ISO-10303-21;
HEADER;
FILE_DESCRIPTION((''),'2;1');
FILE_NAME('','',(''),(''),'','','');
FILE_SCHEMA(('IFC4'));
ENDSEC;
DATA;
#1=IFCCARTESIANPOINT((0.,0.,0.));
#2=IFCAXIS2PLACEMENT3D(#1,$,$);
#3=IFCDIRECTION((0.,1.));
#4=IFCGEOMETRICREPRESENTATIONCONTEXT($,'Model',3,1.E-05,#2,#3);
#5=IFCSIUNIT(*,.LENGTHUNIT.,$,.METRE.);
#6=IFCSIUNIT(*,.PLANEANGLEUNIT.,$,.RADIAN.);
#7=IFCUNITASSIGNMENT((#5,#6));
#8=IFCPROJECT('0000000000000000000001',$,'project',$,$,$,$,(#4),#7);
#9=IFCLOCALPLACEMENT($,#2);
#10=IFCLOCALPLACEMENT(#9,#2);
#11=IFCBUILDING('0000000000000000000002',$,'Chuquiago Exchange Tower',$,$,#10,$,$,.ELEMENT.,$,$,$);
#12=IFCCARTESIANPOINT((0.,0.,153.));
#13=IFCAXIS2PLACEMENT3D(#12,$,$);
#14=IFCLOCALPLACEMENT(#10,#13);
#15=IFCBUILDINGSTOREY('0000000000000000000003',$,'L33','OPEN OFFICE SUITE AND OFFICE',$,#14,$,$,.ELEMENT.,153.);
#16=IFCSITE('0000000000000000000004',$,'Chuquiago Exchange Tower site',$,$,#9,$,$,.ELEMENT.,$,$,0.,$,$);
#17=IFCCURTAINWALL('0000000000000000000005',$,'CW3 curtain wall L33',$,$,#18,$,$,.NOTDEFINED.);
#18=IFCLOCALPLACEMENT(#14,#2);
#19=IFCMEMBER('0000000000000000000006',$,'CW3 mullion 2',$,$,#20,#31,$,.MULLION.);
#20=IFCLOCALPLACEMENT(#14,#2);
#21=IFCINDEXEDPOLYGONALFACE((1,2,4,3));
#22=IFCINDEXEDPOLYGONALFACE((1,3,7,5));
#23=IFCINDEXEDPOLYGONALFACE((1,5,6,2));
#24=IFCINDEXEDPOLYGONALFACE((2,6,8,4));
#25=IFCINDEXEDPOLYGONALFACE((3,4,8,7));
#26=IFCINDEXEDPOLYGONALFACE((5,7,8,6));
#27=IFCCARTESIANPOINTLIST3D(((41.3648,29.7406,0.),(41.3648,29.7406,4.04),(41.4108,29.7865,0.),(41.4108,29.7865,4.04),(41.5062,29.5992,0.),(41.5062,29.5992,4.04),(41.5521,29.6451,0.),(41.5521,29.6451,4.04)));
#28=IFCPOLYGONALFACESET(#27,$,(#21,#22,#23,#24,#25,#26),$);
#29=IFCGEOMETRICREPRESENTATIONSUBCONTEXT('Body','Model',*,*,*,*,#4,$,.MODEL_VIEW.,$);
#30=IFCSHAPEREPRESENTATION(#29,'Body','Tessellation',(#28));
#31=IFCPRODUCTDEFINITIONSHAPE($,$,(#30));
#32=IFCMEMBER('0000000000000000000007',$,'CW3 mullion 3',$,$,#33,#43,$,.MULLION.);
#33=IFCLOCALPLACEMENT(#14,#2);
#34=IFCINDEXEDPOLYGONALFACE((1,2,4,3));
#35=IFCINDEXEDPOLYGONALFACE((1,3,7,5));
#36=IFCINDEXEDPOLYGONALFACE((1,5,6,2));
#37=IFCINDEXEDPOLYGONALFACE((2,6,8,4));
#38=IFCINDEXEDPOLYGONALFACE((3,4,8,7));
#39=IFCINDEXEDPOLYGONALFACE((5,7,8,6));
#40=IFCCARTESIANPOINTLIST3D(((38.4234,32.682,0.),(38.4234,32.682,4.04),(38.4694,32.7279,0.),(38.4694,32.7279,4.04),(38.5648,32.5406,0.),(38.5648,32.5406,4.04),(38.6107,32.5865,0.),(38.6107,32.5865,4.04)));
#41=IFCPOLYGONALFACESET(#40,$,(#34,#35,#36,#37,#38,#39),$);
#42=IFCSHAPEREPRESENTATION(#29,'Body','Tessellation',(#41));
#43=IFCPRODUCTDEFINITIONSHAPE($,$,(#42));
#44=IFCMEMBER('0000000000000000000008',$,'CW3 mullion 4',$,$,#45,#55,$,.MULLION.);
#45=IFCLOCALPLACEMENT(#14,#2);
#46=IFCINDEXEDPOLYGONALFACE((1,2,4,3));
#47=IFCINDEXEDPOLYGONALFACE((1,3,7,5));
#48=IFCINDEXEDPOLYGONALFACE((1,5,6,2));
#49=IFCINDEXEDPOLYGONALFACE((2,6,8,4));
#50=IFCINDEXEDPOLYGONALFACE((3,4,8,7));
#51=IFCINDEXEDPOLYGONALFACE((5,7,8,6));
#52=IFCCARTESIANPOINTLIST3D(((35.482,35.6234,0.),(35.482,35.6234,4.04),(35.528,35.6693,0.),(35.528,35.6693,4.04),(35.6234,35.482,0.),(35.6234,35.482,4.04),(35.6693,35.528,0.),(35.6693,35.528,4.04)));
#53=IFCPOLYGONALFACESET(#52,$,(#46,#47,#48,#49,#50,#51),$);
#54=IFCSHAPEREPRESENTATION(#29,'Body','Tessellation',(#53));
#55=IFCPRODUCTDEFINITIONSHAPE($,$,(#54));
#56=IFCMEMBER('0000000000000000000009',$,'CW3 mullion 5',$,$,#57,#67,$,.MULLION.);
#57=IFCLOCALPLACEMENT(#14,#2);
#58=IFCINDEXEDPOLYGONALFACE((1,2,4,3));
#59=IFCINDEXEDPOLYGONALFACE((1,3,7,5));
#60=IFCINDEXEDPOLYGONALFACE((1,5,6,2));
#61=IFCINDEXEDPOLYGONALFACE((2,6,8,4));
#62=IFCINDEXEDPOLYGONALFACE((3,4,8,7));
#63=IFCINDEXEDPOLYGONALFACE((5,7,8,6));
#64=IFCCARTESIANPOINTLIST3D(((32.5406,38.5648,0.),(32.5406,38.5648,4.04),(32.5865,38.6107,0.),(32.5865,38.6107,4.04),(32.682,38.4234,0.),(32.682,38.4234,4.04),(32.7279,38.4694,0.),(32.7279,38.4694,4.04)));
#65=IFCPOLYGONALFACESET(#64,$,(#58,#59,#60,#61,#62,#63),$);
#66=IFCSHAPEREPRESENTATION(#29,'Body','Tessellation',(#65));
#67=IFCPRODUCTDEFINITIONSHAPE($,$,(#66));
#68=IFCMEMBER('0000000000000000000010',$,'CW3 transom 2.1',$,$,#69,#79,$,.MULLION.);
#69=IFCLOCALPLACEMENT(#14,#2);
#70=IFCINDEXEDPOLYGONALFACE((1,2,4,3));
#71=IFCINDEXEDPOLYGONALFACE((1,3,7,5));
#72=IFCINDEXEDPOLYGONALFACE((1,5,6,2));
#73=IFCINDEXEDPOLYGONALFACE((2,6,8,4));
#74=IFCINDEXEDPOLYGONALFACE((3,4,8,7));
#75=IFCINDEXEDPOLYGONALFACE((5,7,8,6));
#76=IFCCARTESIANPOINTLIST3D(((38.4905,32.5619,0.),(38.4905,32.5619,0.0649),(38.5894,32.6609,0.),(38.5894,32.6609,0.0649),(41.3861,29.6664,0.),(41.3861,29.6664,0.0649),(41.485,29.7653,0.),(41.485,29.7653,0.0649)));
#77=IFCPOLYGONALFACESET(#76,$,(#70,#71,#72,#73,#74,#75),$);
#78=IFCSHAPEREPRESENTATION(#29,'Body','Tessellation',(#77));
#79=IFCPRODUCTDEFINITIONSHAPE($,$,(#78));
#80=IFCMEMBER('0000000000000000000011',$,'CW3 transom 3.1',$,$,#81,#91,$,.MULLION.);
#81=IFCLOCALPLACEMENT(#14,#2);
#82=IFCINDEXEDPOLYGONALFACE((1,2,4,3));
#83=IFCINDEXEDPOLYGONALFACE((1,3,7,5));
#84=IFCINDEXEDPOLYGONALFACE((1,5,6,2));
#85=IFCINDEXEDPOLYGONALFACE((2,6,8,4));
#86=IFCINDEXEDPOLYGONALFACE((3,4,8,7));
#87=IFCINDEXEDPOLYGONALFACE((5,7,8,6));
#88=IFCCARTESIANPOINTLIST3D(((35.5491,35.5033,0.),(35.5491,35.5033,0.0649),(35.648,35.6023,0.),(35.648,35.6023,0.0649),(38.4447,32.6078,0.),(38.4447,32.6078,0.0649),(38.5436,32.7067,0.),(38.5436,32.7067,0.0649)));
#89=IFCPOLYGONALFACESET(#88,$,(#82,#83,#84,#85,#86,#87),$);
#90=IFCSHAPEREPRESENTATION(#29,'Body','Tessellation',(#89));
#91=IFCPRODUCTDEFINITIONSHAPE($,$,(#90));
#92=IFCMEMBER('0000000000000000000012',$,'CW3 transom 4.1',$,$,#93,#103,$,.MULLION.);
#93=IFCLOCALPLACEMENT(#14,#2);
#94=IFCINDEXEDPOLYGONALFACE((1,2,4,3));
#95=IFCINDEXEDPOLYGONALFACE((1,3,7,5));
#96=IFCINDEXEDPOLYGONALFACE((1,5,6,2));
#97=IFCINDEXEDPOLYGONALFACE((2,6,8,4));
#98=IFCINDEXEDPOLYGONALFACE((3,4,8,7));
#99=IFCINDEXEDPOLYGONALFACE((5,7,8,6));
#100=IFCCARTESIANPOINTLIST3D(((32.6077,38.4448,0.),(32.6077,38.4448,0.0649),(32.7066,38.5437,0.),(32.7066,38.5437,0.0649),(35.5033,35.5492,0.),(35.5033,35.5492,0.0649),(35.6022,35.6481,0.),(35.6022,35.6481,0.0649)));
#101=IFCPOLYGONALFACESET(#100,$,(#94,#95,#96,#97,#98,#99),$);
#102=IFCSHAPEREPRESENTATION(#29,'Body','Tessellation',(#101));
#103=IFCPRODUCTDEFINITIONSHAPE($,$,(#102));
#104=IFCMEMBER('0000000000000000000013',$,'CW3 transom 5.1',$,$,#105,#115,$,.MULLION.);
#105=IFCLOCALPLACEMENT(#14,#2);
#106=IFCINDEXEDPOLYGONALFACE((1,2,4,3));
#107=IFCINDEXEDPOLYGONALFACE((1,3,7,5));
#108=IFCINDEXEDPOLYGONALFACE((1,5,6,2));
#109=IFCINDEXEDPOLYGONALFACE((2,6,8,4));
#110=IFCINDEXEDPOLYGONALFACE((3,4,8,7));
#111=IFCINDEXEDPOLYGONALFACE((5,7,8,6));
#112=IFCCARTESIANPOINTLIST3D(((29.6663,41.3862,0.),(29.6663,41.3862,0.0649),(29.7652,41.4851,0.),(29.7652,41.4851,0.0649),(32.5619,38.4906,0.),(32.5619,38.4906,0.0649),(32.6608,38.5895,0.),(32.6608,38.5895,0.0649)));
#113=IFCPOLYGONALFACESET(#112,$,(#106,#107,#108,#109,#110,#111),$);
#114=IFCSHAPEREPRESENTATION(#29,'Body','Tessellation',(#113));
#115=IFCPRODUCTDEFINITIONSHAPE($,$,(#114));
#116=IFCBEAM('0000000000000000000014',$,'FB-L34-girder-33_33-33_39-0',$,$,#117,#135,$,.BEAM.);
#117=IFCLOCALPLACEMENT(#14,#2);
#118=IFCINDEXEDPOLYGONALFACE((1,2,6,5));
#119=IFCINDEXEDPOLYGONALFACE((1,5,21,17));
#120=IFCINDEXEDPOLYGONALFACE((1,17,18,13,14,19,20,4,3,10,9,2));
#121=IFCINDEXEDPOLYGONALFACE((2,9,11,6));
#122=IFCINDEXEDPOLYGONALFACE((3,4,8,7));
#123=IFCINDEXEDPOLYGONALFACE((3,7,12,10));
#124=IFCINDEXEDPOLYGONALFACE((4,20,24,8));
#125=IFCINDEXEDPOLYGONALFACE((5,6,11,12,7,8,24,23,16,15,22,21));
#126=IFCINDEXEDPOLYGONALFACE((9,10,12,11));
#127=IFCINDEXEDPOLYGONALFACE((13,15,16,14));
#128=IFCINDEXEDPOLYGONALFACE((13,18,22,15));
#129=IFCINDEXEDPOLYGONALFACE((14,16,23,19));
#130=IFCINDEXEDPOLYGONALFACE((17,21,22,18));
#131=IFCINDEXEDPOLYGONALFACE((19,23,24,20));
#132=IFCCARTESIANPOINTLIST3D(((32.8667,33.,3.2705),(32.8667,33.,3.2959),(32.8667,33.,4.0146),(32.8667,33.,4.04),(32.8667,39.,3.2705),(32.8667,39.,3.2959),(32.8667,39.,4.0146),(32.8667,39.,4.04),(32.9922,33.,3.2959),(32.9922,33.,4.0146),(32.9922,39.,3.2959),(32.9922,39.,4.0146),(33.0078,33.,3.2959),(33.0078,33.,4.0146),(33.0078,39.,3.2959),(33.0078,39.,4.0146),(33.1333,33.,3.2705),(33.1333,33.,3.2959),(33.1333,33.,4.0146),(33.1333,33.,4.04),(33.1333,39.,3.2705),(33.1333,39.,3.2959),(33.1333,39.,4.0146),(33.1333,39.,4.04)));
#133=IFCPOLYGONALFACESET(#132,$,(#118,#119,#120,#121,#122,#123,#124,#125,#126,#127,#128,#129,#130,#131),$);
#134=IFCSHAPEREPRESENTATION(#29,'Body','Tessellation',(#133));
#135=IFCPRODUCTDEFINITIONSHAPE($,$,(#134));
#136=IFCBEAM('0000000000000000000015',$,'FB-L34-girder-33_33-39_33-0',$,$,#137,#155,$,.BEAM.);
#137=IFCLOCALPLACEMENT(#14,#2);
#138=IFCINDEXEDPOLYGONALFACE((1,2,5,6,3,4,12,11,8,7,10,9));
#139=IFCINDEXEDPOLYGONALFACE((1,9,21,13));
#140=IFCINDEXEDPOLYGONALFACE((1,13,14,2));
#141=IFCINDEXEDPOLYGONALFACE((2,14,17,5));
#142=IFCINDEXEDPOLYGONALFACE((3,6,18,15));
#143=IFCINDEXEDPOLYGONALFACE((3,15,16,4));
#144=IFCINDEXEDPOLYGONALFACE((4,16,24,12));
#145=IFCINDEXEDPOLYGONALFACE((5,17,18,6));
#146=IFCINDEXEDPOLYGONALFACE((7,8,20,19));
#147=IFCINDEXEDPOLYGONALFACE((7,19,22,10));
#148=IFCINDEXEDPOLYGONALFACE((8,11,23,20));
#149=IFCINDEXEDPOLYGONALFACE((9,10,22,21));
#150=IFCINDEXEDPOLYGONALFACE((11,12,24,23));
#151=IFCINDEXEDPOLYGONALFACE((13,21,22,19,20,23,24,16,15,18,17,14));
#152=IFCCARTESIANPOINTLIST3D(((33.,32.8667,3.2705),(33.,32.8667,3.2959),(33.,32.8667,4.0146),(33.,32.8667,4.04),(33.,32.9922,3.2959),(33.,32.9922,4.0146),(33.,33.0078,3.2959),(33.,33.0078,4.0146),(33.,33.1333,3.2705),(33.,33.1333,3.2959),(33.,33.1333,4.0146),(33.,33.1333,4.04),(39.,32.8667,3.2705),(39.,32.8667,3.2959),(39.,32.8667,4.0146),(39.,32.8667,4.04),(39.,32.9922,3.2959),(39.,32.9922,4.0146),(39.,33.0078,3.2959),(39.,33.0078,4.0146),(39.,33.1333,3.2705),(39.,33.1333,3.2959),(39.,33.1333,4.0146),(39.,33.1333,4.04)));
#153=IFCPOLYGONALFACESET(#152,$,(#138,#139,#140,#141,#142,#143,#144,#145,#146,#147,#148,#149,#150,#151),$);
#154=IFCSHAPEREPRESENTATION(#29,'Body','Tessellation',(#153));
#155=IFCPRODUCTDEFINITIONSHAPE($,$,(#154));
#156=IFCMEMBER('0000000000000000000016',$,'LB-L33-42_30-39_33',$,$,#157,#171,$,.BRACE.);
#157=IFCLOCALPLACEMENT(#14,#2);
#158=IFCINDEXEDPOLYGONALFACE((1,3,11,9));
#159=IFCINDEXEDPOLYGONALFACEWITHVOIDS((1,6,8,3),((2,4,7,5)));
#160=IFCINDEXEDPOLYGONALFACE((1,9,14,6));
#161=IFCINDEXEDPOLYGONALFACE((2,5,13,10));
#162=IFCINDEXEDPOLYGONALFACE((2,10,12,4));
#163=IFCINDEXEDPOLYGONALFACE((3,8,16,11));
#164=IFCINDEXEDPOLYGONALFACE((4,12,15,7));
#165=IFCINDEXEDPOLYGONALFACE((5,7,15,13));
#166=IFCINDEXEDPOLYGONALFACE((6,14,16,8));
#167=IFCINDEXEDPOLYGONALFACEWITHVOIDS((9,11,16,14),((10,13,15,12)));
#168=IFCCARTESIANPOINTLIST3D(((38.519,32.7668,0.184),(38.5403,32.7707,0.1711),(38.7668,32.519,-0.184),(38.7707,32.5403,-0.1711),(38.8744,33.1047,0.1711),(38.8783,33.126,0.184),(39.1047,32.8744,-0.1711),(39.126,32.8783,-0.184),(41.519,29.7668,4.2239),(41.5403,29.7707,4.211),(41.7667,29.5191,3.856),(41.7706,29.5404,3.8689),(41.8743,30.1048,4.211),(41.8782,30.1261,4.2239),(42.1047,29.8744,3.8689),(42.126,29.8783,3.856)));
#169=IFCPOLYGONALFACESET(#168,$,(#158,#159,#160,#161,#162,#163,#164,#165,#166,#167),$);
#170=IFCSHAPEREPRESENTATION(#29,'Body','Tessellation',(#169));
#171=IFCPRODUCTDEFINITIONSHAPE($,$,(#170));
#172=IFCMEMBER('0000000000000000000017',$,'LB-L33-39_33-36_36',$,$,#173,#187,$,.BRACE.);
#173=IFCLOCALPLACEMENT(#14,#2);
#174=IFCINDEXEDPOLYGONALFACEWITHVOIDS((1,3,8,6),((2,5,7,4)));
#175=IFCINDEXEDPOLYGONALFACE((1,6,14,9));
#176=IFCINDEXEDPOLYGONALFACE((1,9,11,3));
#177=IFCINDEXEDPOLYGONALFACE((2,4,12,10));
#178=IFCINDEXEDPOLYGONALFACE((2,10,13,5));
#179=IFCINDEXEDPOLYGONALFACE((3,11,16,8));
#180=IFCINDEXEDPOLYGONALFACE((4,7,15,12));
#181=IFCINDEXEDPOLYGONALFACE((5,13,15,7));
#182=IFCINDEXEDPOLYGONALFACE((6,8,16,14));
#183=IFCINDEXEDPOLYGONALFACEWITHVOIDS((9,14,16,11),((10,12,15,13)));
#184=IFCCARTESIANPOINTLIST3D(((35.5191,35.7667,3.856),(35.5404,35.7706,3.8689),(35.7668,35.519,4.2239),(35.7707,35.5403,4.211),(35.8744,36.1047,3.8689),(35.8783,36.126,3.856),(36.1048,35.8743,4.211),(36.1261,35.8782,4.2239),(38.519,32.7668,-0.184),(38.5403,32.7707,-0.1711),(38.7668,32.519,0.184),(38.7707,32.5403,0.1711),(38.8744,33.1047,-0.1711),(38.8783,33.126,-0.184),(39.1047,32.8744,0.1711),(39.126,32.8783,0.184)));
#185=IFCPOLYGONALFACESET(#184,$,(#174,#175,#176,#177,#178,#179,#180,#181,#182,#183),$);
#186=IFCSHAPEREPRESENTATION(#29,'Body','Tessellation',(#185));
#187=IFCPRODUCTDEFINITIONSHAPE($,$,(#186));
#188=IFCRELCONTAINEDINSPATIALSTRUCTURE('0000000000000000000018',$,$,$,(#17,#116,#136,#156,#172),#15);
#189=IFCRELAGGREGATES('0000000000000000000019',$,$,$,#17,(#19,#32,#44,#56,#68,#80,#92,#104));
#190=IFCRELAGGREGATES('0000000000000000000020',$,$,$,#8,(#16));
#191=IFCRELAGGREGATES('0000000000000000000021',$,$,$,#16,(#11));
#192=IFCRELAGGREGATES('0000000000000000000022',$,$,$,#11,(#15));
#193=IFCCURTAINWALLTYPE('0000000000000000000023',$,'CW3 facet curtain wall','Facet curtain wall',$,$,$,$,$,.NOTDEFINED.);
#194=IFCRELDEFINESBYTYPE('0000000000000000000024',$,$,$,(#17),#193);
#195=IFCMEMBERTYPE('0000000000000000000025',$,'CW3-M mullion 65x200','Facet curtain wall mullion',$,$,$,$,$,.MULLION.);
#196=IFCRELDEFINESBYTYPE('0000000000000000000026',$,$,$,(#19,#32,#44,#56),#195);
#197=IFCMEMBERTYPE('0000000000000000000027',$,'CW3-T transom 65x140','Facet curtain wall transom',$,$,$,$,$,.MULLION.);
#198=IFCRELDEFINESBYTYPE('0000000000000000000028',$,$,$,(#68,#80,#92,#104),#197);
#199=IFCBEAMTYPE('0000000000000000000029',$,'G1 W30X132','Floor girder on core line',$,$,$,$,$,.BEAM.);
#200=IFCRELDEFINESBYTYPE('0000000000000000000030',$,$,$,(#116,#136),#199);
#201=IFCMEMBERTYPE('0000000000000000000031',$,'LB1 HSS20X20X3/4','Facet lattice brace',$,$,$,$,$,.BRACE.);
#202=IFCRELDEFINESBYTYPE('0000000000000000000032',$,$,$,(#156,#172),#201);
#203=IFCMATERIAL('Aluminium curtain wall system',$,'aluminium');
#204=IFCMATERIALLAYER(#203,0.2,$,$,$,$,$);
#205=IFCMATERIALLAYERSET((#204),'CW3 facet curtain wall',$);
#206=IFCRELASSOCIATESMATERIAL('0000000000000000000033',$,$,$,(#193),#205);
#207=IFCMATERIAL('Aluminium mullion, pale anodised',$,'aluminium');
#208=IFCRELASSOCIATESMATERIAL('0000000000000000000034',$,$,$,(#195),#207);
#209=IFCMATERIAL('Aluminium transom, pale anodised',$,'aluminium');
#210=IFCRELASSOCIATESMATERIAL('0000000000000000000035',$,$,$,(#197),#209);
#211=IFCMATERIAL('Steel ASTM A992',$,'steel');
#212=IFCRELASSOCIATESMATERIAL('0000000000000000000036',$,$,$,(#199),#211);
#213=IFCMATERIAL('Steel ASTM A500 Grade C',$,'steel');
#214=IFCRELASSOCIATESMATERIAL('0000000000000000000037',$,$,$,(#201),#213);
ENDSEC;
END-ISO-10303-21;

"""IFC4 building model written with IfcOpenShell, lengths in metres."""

from ifc_helpers import new_model, si_unit, direction, frame, origin, origin_2d, place, context, subcontext, project, spatial, rectangle, hollow_rectangle, i_section, extrude, material, layer, layer_set, material_profile, profile_set, type_object, element, aggregate, save


model = new_model("IFC4")

# Units and contexts
model_context = context("Model", 3, precision=1e-05, world=origin(), true_north=direction((0.0, 1.0)))
body_context = subcontext(model_context, "Body", "Model", "MODEL_VIEW")
ifc_project = project(units=[si_unit("LENGTHUNIT", "METRE"), si_unit("PLANEANGLEUNIT", "RADIAN")], contexts=[model_context])

# Site, building, storey
site_placement = place(None, origin())
site = spatial("IfcSite", under=ifc_project, at=site_placement, Name="Chuquiago Exchange Tower site", CompositionType="ELEMENT", RefElevation=0.0)
building_placement = place(site_placement, origin())
building = spatial("IfcBuilding", under=site, at=building_placement, Name="Chuquiago Exchange Tower", CompositionType="ELEMENT")
storey_placement = place(building_placement, frame((0.0, 0.0, 153.0)))
storey = spatial("IfcBuildingStorey", under=building, at=storey_placement, Name="L33", Description="OPEN OFFICE SUITE AND OFFICE", CompositionType="ELEMENT", Elevation=153.0)

# Curtain wall, members
ifc_material_1 = material(Name="Aluminium curtain wall system", Category="aluminium")
ifc_layer_1 = layer(ifc_material_1, 0.2)
ifc_layer_set_1 = layer_set([ifc_layer_1], Name="CW3 facet curtain wall")
curtain_wall_type = type_object("IfcCurtainWallType", Name="CW3 facet curtain wall", Description="Facet curtain wall", PredefinedType="NOTDEFINED", material=ifc_layer_set_1)
curtain_wall_placement = place(storey_placement, origin())
curtain_wall = element("IfcCurtainWall", 1, at=curtain_wall_placement, inside=storey, type_object=curtain_wall_type, Name="CW3 curtain wall L33", PredefinedType="NOTDEFINED")
ifc_material_2 = material(Name="Aluminium mullion, pale anodised", Category="aluminium")
ifc_material_profile_1 = material_profile(ifc_material_2, rectangle(XDim=0.0649, YDim=0.2, at=origin_2d()), Name="AL 65x200")
ifc_profile_set_1 = profile_set([ifc_material_profile_1], Name="Aluminium mullion, pale anodised")
member_type_1 = type_object("IfcMemberType", Name="CW3-M mullion 65x200", Description="Facet curtain wall mullion", PredefinedType="MULLION", material=ifc_profile_set_1)
member_1_placement = place(storey_placement, frame((41.4585, 29.6929, 0.0), z_axis=(0.0, 0.0, 1.0), x_axis=(-0.707107, -0.707107, 0.0)))
member_1 = element("IfcMember", 2, at=member_1_placement, type_object=member_type_1, Name="CW3 mullion 2", PredefinedType="MULLION", context=body_context, shape_type="SweptSolid", body=[
    extrude(rectangle(XDim=0.0649, YDim=0.2, at=origin_2d()), origin(), (0.0, 0.0, 1.0), 4.04),
])
member_2_placement = place(storey_placement, frame((38.5171, 32.6343, 0.0), z_axis=(0.0, 0.0, 1.0), x_axis=(-0.707107, -0.707107, 0.0)))
member_2 = element("IfcMember", 3, at=member_2_placement, type_object=member_type_1, Name="CW3 mullion 3", PredefinedType="MULLION", context=body_context, shape_type="SweptSolid", body=[
    extrude(rectangle(XDim=0.0649, YDim=0.2, at=origin_2d()), origin(), (0.0, 0.0, 1.0), 4.04),
])
member_3_placement = place(storey_placement, frame((35.5757, 35.5757, 0.0), z_axis=(0.0, 0.0, 1.0), x_axis=(-0.707107, -0.707107, 0.0)))
member_3 = element("IfcMember", 4, at=member_3_placement, type_object=member_type_1, Name="CW3 mullion 4", PredefinedType="MULLION", context=body_context, shape_type="SweptSolid", body=[
    extrude(rectangle(XDim=0.0649, YDim=0.2, at=origin_2d()), origin(), (0.0, 0.0, 1.0), 4.04),
])
member_4_placement = place(storey_placement, frame((32.6343, 38.5171, 0.0), z_axis=(0.0, 0.0, 1.0), x_axis=(-0.707107, -0.707107, 0.0)))
member_4 = element("IfcMember", 5, at=member_4_placement, type_object=member_type_1, Name="CW3 mullion 5", PredefinedType="MULLION", context=body_context, shape_type="SweptSolid", body=[
    extrude(rectangle(XDim=0.0649, YDim=0.2, at=origin_2d()), origin(), (0.0, 0.0, 1.0), 4.04),
])
ifc_material_3 = material(Name="Aluminium transom, pale anodised", Category="aluminium")
ifc_material_profile_2 = material_profile(ifc_material_3, rectangle(XDim=0.1399, YDim=0.0649, at=origin_2d()), Name="AL 140x65")
ifc_profile_set_2 = profile_set([ifc_material_profile_2], Name="Aluminium transom, pale anodised")
member_type_2 = type_object("IfcMemberType", Name="CW3-T transom 65x140", Description="Facet curtain wall transom", PredefinedType="MULLION", material=ifc_profile_set_2)
member_5_placement = place(storey_placement, frame((41.4355, 29.7158, 0.0325), z_axis=(-0.707107, 0.707107, 0.0), x_axis=(-0.707107, -0.707107, 0.0)))
member_5 = element("IfcMember", 6, at=member_5_placement, type_object=member_type_2, Name="CW3 transom 2.1", PredefinedType="MULLION", context=body_context, shape_type="SweptSolid", body=[
    extrude(rectangle(XDim=0.1399, YDim=0.0649, at=origin_2d()), origin(), (0.0, 0.0, 1.0), 4.095),
])
member_6_placement = place(storey_placement, frame((38.4941, 32.6572, 0.0325), z_axis=(-0.707107, 0.707107, 0.0), x_axis=(-0.707107, -0.707107, 0.0)))
member_6 = element("IfcMember", 7, at=member_6_placement, type_object=member_type_2, Name="CW3 transom 3.1", PredefinedType="MULLION", context=body_context, shape_type="SweptSolid", body=[
    extrude(rectangle(XDim=0.1399, YDim=0.0649, at=origin_2d()), origin(), (0.0, 0.0, 1.0), 4.095),
])
member_7_placement = place(storey_placement, frame((35.5527, 35.5986, 0.0325), z_axis=(-0.707107, 0.707107, 0.0), x_axis=(-0.707107, -0.707107, 0.0)))
member_7 = element("IfcMember", 8, at=member_7_placement, type_object=member_type_2, Name="CW3 transom 4.1", PredefinedType="MULLION", context=body_context, shape_type="SweptSolid", body=[
    extrude(rectangle(XDim=0.1399, YDim=0.0649, at=origin_2d()), origin(), (0.0, 0.0, 1.0), 4.095),
])
member_8_placement = place(storey_placement, frame((32.6113, 38.54, 0.0325), z_axis=(-0.707107, 0.707107, 0.0), x_axis=(-0.707107, -0.707107, 0.0)))
member_8 = element("IfcMember", 9, at=member_8_placement, type_object=member_type_2, Name="CW3 transom 5.1", PredefinedType="MULLION", context=body_context, shape_type="SweptSolid", body=[
    extrude(rectangle(XDim=0.1399, YDim=0.0649, at=origin_2d()), origin(), (0.0, 0.0, 1.0), 4.095),
])

# Beams
ifc_material_4 = material(Name="Steel ASTM A992", Category="steel")
ifc_material_profile_3 = material_profile(ifc_material_4, i_section(OverallWidth=0.2666, OverallDepth=0.7695, WebThickness=0.0156, FlangeThickness=0.0254, at=origin_2d()), Name="W30X132")
ifc_profile_set_3 = profile_set([ifc_material_profile_3], Name="Steel ASTM A992")
beam_type_1 = type_object("IfcBeamType", Name="G1 W30X132", Description="Floor girder on core line", PredefinedType="BEAM", material=ifc_profile_set_3)
for number, where, z_axis, x_axis, name in (
    (10, (33.0, 33.0, 3.6553), (0.0, 1.0, 0.0), (-1.0, 0.0, 0.0), "FB-L34-girder-33_33-33_39-0"),
    (11, (33.0, 33.0, 3.6553), (1.0, 0.0, 0.0), (0.0, 1.0, 0.0), "FB-L34-girder-33_33-39_33-0"),
):
    element("IfcBeam", number, at=place(storey_placement, frame(where, z_axis=z_axis, x_axis=x_axis)), inside=storey, type_object=beam_type_1, Name=name, PredefinedType="BEAM", context=body_context, shape_type="SweptSolid", body=[
        extrude(i_section(OverallWidth=0.2666, OverallDepth=0.7695, WebThickness=0.0156, FlangeThickness=0.0254, at=origin_2d()), origin(), (0.0, 0.0, 1.0), 6.0),
    ])

# Members
ifc_material_5 = material(Name="Steel ASTM A500 Grade C", Category="steel")
ifc_material_profile_4 = material_profile(ifc_material_5, hollow_rectangle(XDim=0.5081, YDim=0.5081, WallThickness=0.0178, at=origin_2d()), Name="HSS20X20X3/4")
ifc_profile_set_4 = profile_set([ifc_material_profile_4], Name="Steel ASTM A500 Grade C")
member_type_3 = type_object("IfcMemberType", Name="LB1 HSS20X20X3/4", Description="Facet lattice brace", PredefinedType="BRACE", material=ifc_profile_set_4)
for number, where, z_axis, x_axis, name in (
    (12, (38.8225, 32.8225, 0.0), (0.512077, -0.512077, 0.689604), (0.707107, 0.707107, 0.0), "LB-L33-42_30-39_33"),
    (13, (38.8225, 32.8225, 0.0), (-0.512077, 0.512077, 0.689604), (-0.707107, -0.707107, 0.0), "LB-L33-39_33-36_36"),
):
    element("IfcMember", number, at=place(storey_placement, frame(where, z_axis=z_axis, x_axis=x_axis)), inside=storey, type_object=member_type_3, Name=name, PredefinedType="BRACE", context=body_context, shape_type="SweptSolid", body=[
        extrude(hollow_rectangle(XDim=0.5081, YDim=0.5081, WallThickness=0.0178, at=origin_2d()), origin(), (0.0, 0.0, 1.0), 5.8584),
    ])

aggregate(curtain_wall, [member_1, member_2, member_3, member_4, member_5, member_6, member_7, member_8])

save(model, "model.ifc")
